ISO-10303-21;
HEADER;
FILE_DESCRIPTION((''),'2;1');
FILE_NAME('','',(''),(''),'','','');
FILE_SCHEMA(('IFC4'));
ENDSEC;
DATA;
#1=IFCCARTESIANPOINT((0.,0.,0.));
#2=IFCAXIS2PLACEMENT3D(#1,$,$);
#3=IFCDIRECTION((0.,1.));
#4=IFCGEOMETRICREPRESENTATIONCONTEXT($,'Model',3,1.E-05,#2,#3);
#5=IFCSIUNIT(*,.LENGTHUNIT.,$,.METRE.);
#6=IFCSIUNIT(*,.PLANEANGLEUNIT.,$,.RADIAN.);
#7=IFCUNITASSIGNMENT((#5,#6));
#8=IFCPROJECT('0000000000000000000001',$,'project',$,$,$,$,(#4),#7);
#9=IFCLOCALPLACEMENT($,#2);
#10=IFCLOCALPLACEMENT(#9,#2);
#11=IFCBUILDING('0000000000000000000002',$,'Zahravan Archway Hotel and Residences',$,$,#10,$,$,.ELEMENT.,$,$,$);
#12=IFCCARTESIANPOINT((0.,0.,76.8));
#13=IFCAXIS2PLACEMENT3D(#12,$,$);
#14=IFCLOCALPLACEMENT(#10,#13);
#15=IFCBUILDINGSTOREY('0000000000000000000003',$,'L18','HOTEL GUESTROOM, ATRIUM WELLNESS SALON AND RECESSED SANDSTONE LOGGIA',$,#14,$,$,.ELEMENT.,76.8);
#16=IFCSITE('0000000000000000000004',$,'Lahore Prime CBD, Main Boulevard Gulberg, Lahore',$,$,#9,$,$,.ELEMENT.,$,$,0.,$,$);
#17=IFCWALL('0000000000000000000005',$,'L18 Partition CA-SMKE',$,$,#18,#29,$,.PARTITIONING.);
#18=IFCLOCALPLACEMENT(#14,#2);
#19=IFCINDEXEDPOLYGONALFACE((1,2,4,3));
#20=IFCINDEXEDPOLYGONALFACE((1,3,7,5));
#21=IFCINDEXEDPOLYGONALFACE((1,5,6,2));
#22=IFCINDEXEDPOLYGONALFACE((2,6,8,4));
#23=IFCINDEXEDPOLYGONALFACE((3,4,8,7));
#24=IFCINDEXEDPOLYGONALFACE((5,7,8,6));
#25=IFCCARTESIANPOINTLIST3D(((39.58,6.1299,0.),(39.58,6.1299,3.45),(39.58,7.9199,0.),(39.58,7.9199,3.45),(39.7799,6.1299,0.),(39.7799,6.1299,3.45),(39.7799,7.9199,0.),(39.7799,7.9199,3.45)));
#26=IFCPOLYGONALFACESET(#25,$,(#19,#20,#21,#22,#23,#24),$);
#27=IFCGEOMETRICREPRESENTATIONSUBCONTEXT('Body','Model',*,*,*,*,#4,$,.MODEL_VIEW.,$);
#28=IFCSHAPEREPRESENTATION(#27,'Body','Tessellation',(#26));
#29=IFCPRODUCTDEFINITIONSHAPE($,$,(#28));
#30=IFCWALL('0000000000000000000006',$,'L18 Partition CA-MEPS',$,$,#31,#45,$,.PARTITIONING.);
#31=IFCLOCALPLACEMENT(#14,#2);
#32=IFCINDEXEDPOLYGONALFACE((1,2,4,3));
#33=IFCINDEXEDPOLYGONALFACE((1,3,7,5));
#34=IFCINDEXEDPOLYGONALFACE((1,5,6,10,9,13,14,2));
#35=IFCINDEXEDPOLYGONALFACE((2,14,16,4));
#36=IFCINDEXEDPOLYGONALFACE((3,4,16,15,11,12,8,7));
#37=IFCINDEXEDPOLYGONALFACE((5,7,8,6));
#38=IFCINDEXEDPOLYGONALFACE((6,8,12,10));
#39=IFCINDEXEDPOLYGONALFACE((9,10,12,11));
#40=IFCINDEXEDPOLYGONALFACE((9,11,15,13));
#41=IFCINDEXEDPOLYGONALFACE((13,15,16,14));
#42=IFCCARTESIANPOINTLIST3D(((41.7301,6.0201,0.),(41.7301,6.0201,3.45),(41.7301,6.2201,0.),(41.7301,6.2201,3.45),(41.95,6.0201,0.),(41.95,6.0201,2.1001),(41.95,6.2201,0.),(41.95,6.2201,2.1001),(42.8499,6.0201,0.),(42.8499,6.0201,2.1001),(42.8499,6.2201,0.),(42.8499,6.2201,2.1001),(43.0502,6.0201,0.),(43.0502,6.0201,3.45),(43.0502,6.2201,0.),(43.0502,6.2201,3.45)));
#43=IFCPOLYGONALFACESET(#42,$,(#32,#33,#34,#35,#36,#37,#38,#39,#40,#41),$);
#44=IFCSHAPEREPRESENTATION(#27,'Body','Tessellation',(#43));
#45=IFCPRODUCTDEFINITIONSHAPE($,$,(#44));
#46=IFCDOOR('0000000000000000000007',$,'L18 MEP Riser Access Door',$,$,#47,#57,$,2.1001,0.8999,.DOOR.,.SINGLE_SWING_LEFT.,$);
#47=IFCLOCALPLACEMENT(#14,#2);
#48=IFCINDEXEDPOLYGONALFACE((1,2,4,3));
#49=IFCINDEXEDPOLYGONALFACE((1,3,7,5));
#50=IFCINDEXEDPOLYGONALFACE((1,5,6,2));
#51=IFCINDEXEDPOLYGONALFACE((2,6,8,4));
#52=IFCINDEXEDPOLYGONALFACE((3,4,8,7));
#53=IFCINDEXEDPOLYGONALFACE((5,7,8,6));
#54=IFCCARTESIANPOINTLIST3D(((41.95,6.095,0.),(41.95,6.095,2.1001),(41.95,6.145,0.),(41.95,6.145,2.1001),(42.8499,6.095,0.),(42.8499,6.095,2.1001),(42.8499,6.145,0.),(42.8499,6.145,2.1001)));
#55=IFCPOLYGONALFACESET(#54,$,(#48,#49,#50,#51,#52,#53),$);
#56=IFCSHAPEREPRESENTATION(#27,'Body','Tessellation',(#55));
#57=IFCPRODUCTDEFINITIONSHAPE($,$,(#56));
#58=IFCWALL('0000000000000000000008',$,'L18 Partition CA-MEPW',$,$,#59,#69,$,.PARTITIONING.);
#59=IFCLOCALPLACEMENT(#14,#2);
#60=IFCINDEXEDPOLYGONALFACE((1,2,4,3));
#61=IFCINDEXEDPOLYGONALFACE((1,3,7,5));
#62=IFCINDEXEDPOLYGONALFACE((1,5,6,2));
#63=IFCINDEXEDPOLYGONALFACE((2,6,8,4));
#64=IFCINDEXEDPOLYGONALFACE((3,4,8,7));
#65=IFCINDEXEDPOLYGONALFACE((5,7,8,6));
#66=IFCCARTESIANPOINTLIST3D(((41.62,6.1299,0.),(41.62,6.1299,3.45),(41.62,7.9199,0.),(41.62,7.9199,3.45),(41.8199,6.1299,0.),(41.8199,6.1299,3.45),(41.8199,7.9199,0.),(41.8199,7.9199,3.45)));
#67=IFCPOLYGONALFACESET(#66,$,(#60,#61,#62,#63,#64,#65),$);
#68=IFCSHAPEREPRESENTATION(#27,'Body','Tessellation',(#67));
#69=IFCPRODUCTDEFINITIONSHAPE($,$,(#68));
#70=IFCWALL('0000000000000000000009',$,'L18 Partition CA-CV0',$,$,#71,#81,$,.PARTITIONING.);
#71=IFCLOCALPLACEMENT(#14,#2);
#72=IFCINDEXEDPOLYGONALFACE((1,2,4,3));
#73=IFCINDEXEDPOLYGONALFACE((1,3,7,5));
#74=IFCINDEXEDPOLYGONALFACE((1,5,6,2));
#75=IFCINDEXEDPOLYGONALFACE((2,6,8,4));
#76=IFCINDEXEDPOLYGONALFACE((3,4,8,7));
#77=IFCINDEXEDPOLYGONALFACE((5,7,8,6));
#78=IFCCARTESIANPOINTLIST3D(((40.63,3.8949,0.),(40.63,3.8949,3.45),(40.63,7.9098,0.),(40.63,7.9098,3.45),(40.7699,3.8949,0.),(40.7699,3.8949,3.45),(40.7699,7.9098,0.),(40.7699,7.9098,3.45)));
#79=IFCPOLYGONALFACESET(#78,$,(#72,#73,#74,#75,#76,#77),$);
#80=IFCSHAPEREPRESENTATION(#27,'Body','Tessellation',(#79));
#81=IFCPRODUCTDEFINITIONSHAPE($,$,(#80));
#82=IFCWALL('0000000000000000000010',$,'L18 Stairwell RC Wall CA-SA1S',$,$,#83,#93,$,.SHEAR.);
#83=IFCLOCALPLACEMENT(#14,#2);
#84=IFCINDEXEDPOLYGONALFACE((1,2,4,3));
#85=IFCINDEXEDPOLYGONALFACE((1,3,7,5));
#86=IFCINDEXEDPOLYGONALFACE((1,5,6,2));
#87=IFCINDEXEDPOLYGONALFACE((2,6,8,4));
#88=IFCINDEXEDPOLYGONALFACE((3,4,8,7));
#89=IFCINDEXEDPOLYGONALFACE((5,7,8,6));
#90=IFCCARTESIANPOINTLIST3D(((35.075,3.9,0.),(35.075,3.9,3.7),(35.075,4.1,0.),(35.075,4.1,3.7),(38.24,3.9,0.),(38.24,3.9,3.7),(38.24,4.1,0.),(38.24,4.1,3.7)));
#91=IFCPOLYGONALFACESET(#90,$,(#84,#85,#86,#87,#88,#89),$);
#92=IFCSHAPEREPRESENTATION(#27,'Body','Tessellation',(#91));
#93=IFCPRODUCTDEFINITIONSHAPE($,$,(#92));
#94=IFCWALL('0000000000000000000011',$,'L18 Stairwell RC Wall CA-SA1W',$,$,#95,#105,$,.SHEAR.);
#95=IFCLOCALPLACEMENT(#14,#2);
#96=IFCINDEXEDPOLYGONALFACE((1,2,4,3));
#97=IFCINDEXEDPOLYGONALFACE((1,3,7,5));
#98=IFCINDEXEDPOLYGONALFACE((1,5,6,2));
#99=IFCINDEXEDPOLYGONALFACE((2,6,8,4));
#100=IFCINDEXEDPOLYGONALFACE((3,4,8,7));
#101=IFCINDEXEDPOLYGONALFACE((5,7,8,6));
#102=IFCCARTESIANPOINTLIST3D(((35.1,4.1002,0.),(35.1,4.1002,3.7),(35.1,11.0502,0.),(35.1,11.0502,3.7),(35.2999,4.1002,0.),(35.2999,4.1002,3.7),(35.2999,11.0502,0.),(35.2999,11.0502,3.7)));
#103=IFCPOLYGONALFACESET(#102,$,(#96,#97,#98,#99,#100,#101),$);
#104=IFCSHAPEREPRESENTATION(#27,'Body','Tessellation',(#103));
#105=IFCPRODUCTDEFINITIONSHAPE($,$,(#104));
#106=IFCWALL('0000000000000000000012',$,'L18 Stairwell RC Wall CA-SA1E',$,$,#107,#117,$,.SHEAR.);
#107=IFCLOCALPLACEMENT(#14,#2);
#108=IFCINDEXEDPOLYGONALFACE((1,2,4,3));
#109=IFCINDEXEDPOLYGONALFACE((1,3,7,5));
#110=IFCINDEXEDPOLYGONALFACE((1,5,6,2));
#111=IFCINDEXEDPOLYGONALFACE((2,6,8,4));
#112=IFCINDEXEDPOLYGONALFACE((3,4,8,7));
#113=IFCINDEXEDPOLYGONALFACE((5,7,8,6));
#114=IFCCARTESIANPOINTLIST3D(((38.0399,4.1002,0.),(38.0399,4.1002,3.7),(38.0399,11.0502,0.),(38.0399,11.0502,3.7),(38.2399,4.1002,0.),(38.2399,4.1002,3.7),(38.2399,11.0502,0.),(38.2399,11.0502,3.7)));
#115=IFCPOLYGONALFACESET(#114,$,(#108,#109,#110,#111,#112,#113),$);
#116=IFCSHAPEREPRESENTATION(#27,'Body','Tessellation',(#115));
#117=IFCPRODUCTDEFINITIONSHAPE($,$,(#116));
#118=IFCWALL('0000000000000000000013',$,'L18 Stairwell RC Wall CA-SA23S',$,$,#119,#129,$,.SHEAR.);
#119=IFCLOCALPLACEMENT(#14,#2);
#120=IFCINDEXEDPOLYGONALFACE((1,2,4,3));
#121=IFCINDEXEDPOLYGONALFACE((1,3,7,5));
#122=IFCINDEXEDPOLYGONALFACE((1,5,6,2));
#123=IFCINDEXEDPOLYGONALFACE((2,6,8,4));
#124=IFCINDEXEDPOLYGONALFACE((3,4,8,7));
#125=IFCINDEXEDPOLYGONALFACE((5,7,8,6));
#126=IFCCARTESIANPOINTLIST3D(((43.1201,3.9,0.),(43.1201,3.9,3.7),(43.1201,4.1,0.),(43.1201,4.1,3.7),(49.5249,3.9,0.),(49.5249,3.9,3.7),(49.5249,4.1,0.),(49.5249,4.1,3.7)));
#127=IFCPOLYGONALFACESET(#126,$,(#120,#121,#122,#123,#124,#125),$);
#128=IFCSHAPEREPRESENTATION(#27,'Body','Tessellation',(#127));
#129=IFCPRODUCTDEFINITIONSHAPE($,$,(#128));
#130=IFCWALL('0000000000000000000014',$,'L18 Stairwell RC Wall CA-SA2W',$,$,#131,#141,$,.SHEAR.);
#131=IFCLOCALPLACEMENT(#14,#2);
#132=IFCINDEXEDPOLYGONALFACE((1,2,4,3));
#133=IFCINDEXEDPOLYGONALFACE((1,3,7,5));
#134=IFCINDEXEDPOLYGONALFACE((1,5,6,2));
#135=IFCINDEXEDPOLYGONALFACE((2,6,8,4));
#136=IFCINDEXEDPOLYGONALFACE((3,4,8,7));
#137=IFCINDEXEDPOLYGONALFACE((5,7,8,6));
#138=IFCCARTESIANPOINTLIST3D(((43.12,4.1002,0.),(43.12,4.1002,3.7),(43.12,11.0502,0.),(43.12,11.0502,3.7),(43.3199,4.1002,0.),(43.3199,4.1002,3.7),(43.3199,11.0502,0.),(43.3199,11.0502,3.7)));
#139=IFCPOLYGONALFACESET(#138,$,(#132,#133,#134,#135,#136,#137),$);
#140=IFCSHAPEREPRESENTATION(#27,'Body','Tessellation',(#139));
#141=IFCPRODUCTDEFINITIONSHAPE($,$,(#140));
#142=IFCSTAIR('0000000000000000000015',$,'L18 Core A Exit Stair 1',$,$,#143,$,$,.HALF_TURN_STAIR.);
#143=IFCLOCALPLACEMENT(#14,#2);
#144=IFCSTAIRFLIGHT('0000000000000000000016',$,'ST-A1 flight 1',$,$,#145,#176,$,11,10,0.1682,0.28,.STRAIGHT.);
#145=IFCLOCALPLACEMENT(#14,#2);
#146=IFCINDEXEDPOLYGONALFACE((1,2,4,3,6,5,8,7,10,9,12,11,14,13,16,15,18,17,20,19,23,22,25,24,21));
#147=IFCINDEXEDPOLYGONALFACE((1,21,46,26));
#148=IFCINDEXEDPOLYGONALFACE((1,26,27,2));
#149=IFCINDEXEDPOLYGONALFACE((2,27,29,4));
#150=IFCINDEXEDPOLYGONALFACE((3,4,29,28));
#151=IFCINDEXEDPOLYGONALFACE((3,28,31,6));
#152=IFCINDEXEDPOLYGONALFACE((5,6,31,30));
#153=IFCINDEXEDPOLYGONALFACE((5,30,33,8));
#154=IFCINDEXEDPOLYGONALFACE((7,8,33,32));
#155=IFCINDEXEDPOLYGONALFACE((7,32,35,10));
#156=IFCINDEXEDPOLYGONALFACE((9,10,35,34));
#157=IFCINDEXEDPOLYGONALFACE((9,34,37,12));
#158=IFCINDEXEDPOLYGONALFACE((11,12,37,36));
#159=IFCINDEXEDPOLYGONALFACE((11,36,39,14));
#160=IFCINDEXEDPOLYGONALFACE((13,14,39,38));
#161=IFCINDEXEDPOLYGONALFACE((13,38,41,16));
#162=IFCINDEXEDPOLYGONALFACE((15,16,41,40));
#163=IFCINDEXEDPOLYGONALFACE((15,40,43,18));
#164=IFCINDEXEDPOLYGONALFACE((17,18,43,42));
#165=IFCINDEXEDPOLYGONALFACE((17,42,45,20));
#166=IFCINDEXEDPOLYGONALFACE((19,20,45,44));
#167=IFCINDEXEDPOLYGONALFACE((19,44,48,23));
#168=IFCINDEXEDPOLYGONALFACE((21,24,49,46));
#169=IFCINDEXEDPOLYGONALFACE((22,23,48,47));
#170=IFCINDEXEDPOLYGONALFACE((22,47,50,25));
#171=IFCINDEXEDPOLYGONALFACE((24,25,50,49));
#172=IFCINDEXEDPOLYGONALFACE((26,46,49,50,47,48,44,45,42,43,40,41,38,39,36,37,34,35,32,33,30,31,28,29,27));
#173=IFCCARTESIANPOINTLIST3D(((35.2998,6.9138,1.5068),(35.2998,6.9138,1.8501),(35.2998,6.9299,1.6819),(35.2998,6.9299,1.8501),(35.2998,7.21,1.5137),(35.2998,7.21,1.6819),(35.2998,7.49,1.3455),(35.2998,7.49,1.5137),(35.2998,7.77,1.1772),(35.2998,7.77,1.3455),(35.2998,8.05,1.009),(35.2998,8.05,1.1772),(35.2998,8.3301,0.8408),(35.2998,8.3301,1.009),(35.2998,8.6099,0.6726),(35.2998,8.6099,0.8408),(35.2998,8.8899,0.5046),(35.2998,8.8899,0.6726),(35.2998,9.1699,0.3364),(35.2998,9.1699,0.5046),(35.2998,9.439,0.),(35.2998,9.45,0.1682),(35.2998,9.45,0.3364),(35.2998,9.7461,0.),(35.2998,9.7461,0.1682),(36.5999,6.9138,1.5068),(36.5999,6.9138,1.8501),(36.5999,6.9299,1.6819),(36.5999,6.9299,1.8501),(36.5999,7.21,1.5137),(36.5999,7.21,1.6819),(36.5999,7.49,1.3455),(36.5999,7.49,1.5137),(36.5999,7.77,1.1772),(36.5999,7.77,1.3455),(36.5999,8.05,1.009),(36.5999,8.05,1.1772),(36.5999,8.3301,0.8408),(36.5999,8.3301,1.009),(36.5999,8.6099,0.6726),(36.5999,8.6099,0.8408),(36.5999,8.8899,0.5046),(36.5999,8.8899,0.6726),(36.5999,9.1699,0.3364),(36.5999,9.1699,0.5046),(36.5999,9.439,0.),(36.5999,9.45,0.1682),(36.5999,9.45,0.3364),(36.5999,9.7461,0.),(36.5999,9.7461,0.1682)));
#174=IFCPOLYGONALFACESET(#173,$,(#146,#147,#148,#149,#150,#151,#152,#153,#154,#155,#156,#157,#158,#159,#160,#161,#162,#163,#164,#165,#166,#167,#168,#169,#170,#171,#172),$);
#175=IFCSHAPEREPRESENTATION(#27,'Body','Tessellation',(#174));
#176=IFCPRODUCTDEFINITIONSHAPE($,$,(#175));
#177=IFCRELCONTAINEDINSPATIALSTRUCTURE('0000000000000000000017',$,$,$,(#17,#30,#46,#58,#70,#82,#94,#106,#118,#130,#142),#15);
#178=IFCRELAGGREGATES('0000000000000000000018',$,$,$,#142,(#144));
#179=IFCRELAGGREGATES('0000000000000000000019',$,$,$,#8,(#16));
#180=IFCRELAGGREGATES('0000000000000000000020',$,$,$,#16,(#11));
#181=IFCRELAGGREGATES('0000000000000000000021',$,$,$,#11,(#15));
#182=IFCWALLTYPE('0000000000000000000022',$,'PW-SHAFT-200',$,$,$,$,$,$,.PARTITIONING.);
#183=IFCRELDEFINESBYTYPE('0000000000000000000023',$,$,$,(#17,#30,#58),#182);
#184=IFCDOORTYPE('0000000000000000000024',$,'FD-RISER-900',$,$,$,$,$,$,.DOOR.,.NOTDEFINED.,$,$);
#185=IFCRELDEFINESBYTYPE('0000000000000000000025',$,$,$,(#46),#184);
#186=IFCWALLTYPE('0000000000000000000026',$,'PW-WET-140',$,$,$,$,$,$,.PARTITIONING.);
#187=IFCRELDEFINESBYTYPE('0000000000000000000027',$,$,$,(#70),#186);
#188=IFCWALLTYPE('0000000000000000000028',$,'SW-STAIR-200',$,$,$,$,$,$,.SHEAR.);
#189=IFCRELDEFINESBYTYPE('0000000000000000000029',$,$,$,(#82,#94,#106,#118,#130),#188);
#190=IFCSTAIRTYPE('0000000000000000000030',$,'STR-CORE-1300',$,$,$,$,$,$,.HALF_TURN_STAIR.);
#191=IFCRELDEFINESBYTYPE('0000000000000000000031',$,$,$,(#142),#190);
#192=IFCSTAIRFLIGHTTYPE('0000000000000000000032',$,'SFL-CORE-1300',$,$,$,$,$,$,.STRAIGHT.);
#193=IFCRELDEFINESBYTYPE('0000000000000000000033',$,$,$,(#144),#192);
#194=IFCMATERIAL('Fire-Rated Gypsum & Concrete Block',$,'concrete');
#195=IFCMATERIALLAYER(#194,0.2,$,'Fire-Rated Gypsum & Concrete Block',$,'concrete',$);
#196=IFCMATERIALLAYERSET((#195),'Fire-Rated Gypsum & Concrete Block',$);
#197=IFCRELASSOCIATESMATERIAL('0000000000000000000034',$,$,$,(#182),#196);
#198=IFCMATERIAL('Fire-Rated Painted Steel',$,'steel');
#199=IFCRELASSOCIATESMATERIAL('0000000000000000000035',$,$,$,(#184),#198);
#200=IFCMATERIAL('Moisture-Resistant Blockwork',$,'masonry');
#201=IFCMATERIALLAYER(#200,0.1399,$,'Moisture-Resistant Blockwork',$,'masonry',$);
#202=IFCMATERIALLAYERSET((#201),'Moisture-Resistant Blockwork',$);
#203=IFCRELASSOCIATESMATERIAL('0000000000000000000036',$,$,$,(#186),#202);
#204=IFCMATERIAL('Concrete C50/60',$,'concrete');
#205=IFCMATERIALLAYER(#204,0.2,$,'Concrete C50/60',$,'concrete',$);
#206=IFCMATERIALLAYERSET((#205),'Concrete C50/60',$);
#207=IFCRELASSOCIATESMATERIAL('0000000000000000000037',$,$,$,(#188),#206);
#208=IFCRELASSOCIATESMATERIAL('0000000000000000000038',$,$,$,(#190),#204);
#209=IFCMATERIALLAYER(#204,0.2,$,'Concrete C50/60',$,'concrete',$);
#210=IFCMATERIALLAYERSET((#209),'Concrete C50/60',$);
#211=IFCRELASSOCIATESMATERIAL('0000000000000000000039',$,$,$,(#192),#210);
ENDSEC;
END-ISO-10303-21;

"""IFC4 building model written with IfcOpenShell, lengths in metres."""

from ifc_helpers import new_model, si_unit, direction, frame, frame_2d, origin, place, context, subcontext, project, spatial, polyline, rectangle, outline, extrude, source, transform, mapped, material, layer, layer_set, type_object, type_shapes, element, fill, aggregate, save


model = new_model("IFC4")

# Units and contexts
model_context = context("Model", 3, precision=1e-05, world=origin(), true_north=direction((0.0, 1.0)))
body_context = subcontext(model_context, "Body", "Model", "MODEL_VIEW")
ifc_project = project(units=[si_unit("LENGTHUNIT", "METRE"), si_unit("PLANEANGLEUNIT", "RADIAN")], contexts=[model_context])

# Site, building, storey
site_placement = place(None, origin())
site = spatial("IfcSite", under=ifc_project, at=site_placement, Name="Lahore Prime CBD, Main Boulevard Gulberg, Lahore", CompositionType="ELEMENT", RefElevation=0.0)
building_placement = place(site_placement, origin())
building = spatial("IfcBuilding", under=site, at=building_placement, Name="Zahravan Archway Hotel and Residences", CompositionType="ELEMENT")
storey_placement = place(building_placement, frame((0.0, 0.0, 76.8)))
storey = spatial("IfcBuildingStorey", under=building, at=storey_placement, Name="L18", Description="HOTEL GUESTROOM, ATRIUM WELLNESS SALON AND RECESSED SANDSTONE LOGGIA", CompositionType="ELEMENT", Elevation=76.8)

# Shared definitions
ifc_material_1 = material(Name="Fire-Rated Gypsum & Concrete Block", Category="concrete")
ifc_layer_1 = layer(ifc_material_1, 0.2, Name="Fire-Rated Gypsum & Concrete Block", Category="concrete")
ifc_layer_set_1 = layer_set([ifc_layer_1], Name="Fire-Rated Gypsum & Concrete Block")
wall_type_1 = type_object("IfcWallType", Name="PW-SHAFT-200", PredefinedType="PARTITIONING", material=ifc_layer_set_1)

# Shared definitions
ifc_material_2 = material(Name="Fire-Rated Painted Steel", Category="steel")
door_type = type_object("IfcDoorType", Name="FD-RISER-900", OperationType="NOTDEFINED", PredefinedType="DOOR", material=ifc_material_2)
shared_shape_1 = source(origin(), body_context, "Body", "SweptSolid", [
    extrude(rectangle(XDim=0.8999, YDim=2.1001, at=frame_2d((0.45, 1.05))), frame((0.0, 0.0249, 0.0), z_axis=(0.0, -1.0, 0.0), x_axis=(1.0, 0.0, 0.0)), (0.0, 0.0, 1.0), 0.05),
])
type_shapes(door_type, [shared_shape_1])

# Wall
wall_1_placement = place(storey_placement, frame((39.6799, 6.1299, 0.0), z_axis=(0.0, 0.0, 1.0), x_axis=(0.0, 1.0, 0.0)))
element("IfcWall", 1, at=wall_1_placement, inside=storey, type_object=wall_type_1, Name="L18 Partition CA-SMKE", PredefinedType="PARTITIONING", context=body_context, shape_type="SweptSolid", body=[
    extrude(rectangle(XDim=1.79, YDim=0.2, at=frame_2d((0.895, 0.0))), origin(), (0.0, 0.0, 1.0), 3.45),
])

# Wall, opening, door
wall_2_placement = place(storey_placement, frame((41.73, 6.1201, 0.0), z_axis=(0.0, 0.0, 1.0), x_axis=(1.0, 0.0, 0.0)))
wall_2 = element("IfcWall", 2, at=wall_2_placement, inside=storey, type_object=wall_type_1, Name="L18 Partition CA-MEPS", PredefinedType="PARTITIONING", context=body_context, shape_type="SweptSolid", body=[
    extrude(rectangle(XDim=1.3201, YDim=0.2, at=frame_2d((0.6602, 0.0))), origin(), (0.0, 0.0, 1.0), 3.45),
])
opening_1_placement = place(wall_2_placement, frame((0.22, 0.0, 0.0)))
opening_1 = element("IfcOpeningElement", 3, at=opening_1_placement, cuts=wall_2, PredefinedType="OPENING", context=body_context, shape_type="SweptSolid", body=[
    extrude(rectangle(XDim=0.8999, YDim=2.1001, at=frame_2d((0.45, 1.05))), frame((0.0, 0.1099, 0.0), z_axis=(0.0, -1.0, 0.0), x_axis=(1.0, 0.0, 0.0)), (0.0, 0.0, 1.0), 0.22),
])
door_1_placement = place(opening_1_placement, origin())
door_1 = element("IfcDoor", 4, at=door_1_placement, inside=storey, type_object=door_type, Name="L18 MEP Riser Access Door", OperationType="SINGLE_SWING_LEFT", OverallHeight=2.1001, OverallWidth=0.8999, PredefinedType="DOOR", context=body_context, shape_type="MappedRepresentation", body=[
    mapped(shared_shape_1, transform((0.0, 0.0, 0.0), scale=1.0)),
])
fill(opening_1, door_1)

# Walls
wall_3_placement = place(storey_placement, frame((41.72, 6.1299, 0.0), z_axis=(0.0, 0.0, 1.0), x_axis=(0.0, 1.0, 0.0)))
element("IfcWall", 5, at=wall_3_placement, inside=storey, type_object=wall_type_1, Name="L18 Partition CA-MEPW", PredefinedType="PARTITIONING", context=body_context, shape_type="SweptSolid", body=[
    extrude(rectangle(XDim=1.79, YDim=0.2, at=frame_2d((0.895, 0.0))), origin(), (0.0, 0.0, 1.0), 3.45),
])
ifc_material_3 = material(Name="Moisture-Resistant Blockwork", Category="masonry")
ifc_layer_2 = layer(ifc_material_3, 0.1399, Name="Moisture-Resistant Blockwork", Category="masonry")
ifc_layer_set_2 = layer_set([ifc_layer_2], Name="Moisture-Resistant Blockwork")
wall_type_2 = type_object("IfcWallType", Name="PW-WET-140", PredefinedType="PARTITIONING", material=ifc_layer_set_2)
wall_4_placement = place(storey_placement, frame((40.7, 3.895, 0.0), z_axis=(0.0, 0.0, 1.0), x_axis=(0.0, 1.0, 0.0)))
element("IfcWall", 6, at=wall_4_placement, inside=storey, type_object=wall_type_2, Name="L18 Partition CA-CV0", PredefinedType="PARTITIONING", context=body_context, shape_type="SweptSolid", body=[
    extrude(rectangle(XDim=4.0149, YDim=0.1399, at=frame_2d((2.0073, 0.0))), origin(), (0.0, 0.0, 1.0), 3.45),
])
ifc_material_4 = material(Name="Concrete C50/60", Category="concrete")
ifc_layer_3 = layer(ifc_material_4, 0.2, Name="Concrete C50/60", Category="concrete")
ifc_layer_set_3 = layer_set([ifc_layer_3], Name="Concrete C50/60")
wall_type_3 = type_object("IfcWallType", Name="SW-STAIR-200", PredefinedType="SHEAR", material=ifc_layer_set_3)
wall_5_placement = place(storey_placement, frame((35.075, 4.0, 0.0), z_axis=(0.0, 0.0, 1.0), x_axis=(1.0, 0.0, 0.0)))
element("IfcWall", 7, at=wall_5_placement, inside=storey, type_object=wall_type_3, Name="L18 Stairwell RC Wall CA-SA1S", PredefinedType="SHEAR", context=body_context, shape_type="SweptSolid", body=[
    extrude(rectangle(XDim=3.165, YDim=0.2, at=frame_2d((1.5825, 0.0))), origin(), (0.0, 0.0, 1.0), 3.7),
])
for number, where, z_axis, x_axis, name in (
    (8, (35.2, 4.1001, 0.0), (0.0, 0.0, 1.0), (0.0, 1.0, 0.0), "L18 Stairwell RC Wall CA-SA1W"),
    (9, (38.1399, 4.1001, 0.0), (0.0, 0.0, 1.0), (0.0, 1.0, 0.0), "L18 Stairwell RC Wall CA-SA1E"),
):
    element("IfcWall", number, at=place(storey_placement, frame(where, z_axis=z_axis, x_axis=x_axis)), inside=storey, type_object=wall_type_3, Name=name, PredefinedType="SHEAR", context=body_context, shape_type="SweptSolid", body=[
        extrude(rectangle(XDim=6.95, YDim=0.2, at=frame_2d((3.4751, 0.0))), origin(), (0.0, 0.0, 1.0), 3.7),
    ])
wall_6_placement = place(storey_placement, frame((43.1201, 4.0, 0.0), z_axis=(0.0, 0.0, 1.0), x_axis=(1.0, 0.0, 0.0)))
element("IfcWall", 10, at=wall_6_placement, inside=storey, type_object=wall_type_3, Name="L18 Stairwell RC Wall CA-SA23S", PredefinedType="SHEAR", context=body_context, shape_type="SweptSolid", body=[
    extrude(rectangle(XDim=6.4048, YDim=0.2, at=frame_2d((3.2024, 0.0))), origin(), (0.0, 0.0, 1.0), 3.7),
])
wall_7_placement = place(storey_placement, frame((43.22, 4.1001, 0.0), z_axis=(0.0, 0.0, 1.0), x_axis=(0.0, 1.0, 0.0)))
element("IfcWall", 11, at=wall_7_placement, inside=storey, type_object=wall_type_3, Name="L18 Stairwell RC Wall CA-SA2W", PredefinedType="SHEAR", context=body_context, shape_type="SweptSolid", body=[
    extrude(rectangle(XDim=6.95, YDim=0.2, at=frame_2d((3.4751, 0.0))), origin(), (0.0, 0.0, 1.0), 3.7),
])

# Stair, stair flight
stair_type = type_object("IfcStairType", Name="STR-CORE-1300", PredefinedType="HALF_TURN_STAIR", material=ifc_material_4)
stair_1_placement = place(storey_placement, origin())
stair_1 = element("IfcStair", 12, at=stair_1_placement, inside=storey, type_object=stair_type, Name="L18 Core A Exit Stair 1", PredefinedType="HALF_TURN_STAIR")
ifc_layer_4 = layer(ifc_material_4, 0.2, Name="Concrete C50/60", Category="concrete")
ifc_layer_set_4 = layer_set([ifc_layer_4], Name="Concrete C50/60")
stair_flight_type = type_object("IfcStairFlightType", Name="SFL-CORE-1300", PredefinedType="STRAIGHT", material=ifc_layer_set_4)
shared_shape_2 = source(origin(), body_context, "Body", "SweptSolid", [
    extrude(outline(polyline([(-0.0161, 0.0), (-0.0161, 0.1682), (0.28, 0.1682), (0.28, 0.3364), (0.5601, 0.3364), (0.5601, 0.5046), (0.8401, 0.5046), (0.8401, 0.6726), (1.1201, 0.6726), (1.1201, 0.8408), (1.3999, 0.8408), (1.3999, 1.009), (1.6799, 1.009), (1.6799, 1.1772), (1.96, 1.1772), (1.96, 1.3455), (2.24, 1.3455), (2.24, 1.5137), (2.52, 1.5137), (2.52, 1.6819), (2.8, 1.6819), (2.8, 1.8501), (2.8162, 1.8501), (2.8162, 1.5068), (0.291, 0.0), (-0.0161, 0.0)])), frame((0.0, 0.6499, 0.0), z_axis=(0.0, -1.0, 0.0), x_axis=(1.0, 0.0, 0.0)), (0.0, 0.0, 1.0), 1.3),
])
stair_flight_1_placement = place(storey_placement, frame((35.95, 9.73, 0.0), z_axis=(0.0, 0.0, 1.0), x_axis=(0.0, -1.0, 0.0)))
stair_flight_1 = element("IfcStairFlight", 13, at=stair_flight_1_placement, type_object=stair_flight_type, Name="ST-A1 flight 1", NumberOfRisers=11, NumberOfTreads=10, PredefinedType="STRAIGHT", RiserHeight=0.1682, TreadLength=0.28, context=body_context, shape_type="MappedRepresentation", body=[
    mapped(shared_shape_2, transform((0.0, 0.0, 0.0), scale=1.0)),
])
aggregate(stair_1, [stair_flight_1])

save(model, "model.ifc")
